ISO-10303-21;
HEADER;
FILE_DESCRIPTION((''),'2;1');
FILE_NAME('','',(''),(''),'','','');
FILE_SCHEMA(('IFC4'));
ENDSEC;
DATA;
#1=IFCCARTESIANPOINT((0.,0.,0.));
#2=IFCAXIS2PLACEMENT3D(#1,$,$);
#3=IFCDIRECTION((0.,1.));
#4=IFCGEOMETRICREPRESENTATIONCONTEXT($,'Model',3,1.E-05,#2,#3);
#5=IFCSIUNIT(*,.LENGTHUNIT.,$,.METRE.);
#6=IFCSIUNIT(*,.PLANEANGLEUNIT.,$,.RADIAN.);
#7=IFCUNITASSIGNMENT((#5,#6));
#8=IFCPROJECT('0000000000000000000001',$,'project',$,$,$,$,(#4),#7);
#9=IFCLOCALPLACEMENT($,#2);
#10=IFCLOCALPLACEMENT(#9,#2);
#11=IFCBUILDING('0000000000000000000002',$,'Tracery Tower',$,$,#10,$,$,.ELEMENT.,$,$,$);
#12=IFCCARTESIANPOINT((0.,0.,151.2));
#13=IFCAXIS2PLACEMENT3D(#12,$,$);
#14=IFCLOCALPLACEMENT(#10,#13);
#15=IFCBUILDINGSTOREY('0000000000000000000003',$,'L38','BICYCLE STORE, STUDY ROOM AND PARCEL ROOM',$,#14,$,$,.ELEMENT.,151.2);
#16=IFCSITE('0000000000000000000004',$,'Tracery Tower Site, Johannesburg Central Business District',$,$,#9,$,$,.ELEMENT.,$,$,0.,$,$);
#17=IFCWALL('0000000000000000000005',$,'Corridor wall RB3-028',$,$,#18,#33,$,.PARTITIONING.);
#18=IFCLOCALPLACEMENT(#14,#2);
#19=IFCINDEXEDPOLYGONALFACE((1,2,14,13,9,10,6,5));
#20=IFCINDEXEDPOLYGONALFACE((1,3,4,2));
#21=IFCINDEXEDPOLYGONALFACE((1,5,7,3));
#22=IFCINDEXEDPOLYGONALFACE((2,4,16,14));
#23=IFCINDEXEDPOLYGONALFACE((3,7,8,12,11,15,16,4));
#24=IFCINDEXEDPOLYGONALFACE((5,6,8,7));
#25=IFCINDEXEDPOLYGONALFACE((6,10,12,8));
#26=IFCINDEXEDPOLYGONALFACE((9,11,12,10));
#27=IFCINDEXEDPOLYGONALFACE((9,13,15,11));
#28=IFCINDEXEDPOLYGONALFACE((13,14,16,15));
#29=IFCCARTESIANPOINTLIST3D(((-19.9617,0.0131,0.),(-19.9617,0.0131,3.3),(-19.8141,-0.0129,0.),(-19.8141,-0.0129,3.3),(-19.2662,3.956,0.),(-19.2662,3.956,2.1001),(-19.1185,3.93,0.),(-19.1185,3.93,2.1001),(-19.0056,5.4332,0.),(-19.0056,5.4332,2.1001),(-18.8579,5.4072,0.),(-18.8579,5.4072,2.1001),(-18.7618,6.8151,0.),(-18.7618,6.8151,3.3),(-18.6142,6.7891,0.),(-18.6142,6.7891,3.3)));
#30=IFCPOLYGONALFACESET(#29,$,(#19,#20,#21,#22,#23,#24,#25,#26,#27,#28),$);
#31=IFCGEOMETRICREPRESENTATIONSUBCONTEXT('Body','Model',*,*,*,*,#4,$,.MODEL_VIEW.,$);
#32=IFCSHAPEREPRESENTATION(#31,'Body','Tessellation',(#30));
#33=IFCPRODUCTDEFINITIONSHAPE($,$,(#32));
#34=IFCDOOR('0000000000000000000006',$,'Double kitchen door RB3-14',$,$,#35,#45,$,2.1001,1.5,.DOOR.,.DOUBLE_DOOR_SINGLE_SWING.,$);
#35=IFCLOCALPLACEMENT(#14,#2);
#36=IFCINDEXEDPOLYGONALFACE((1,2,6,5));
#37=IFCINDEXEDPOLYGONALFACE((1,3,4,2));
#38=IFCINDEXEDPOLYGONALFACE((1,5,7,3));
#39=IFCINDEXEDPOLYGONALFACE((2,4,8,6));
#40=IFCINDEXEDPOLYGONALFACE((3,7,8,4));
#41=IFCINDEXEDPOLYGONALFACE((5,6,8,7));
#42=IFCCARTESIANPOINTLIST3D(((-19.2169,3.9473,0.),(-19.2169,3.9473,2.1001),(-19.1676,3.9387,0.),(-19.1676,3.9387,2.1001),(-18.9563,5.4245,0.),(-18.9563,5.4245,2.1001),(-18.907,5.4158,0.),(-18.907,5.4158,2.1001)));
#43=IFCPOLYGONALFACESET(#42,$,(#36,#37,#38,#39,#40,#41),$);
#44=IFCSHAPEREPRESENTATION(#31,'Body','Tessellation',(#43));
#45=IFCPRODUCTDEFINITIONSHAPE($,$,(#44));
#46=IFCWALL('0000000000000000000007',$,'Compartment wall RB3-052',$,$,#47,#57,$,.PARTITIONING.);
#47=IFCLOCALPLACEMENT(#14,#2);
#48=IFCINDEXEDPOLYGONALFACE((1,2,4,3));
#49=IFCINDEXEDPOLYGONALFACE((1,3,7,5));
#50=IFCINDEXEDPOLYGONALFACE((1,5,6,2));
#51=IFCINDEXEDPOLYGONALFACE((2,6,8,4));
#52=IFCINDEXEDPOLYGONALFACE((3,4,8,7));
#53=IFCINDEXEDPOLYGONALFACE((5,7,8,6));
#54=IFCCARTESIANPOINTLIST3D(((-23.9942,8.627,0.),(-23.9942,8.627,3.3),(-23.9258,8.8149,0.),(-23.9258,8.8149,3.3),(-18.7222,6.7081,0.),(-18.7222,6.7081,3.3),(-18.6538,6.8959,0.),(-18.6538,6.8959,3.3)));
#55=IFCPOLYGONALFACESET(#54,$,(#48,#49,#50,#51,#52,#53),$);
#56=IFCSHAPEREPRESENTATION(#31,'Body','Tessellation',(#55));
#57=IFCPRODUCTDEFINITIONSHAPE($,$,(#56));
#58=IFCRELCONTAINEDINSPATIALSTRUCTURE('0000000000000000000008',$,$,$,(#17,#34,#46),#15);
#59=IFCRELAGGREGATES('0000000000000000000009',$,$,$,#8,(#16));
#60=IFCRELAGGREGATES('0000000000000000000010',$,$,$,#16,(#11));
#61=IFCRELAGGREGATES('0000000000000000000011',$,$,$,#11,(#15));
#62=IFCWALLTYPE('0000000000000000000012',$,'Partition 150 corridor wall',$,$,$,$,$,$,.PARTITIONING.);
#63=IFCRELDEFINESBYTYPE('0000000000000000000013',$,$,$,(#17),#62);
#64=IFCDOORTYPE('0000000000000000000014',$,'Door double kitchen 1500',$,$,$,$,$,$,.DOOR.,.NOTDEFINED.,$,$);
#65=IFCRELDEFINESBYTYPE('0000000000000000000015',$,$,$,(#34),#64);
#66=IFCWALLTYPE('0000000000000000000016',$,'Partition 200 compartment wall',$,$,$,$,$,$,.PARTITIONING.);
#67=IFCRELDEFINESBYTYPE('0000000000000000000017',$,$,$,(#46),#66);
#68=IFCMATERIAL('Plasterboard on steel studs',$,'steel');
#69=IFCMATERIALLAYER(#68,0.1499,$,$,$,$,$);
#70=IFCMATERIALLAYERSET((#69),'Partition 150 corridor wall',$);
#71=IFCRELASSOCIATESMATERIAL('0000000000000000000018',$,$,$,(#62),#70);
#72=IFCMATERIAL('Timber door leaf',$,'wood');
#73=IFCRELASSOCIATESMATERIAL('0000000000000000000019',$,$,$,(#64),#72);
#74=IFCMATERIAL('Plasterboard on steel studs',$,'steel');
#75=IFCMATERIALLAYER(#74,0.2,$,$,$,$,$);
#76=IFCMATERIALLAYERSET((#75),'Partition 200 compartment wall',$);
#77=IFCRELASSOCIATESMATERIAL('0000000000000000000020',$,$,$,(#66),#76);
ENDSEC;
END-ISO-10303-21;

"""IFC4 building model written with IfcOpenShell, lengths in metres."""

from ifc_helpers import new_model, si_unit, direction, frame, frame_2d, origin, place, context, subcontext, project, spatial, rectangle, extrude, material, layer, layer_set, type_object, element, fill, save


model = new_model("IFC4")

# Units and contexts
model_context = context("Model", 3, precision=1e-05, world=origin(), true_north=direction((0.0, 1.0)))
body_context = subcontext(model_context, "Body", "Model", "MODEL_VIEW")
ifc_project = project(units=[si_unit("LENGTHUNIT", "METRE"), si_unit("PLANEANGLEUNIT", "RADIAN")], contexts=[model_context])

# Site, building, storey
site_placement = place(None, origin())
site = spatial("IfcSite", under=ifc_project, at=site_placement, Name="Tracery Tower Site, Johannesburg Central Business District", CompositionType="ELEMENT", RefElevation=0.0)
building_placement = place(site_placement, origin())
building = spatial("IfcBuilding", under=site, at=building_placement, Name="Tracery Tower", CompositionType="ELEMENT")
storey_placement = place(building_placement, frame((0.0, 0.0, 151.2)))
storey = spatial("IfcBuildingStorey", under=building, at=storey_placement, Name="L38", Description="BICYCLE STORE, STUDY ROOM AND PARCEL ROOM", CompositionType="ELEMENT", Elevation=151.2)

# Shared definitions
ifc_material_1 = material(Name="Plasterboard on steel studs", Category="steel")
ifc_layer_1 = layer(ifc_material_1, 0.1499)
ifc_layer_set_1 = layer_set([ifc_layer_1], Name="Partition 150 corridor wall")
wall_type_1 = type_object("IfcWallType", Name="Partition 150 corridor wall", PredefinedType="PARTITIONING", material=ifc_layer_set_1)

# Wall, opening, door
wall_1_placement = place(storey_placement, frame((-19.8879, 0.0, 0.0), z_axis=(0.0, 0.0, 1.0), x_axis=(0.173729, 0.984794, 0.0)))
wall_1 = element("IfcWall", 1, at=wall_1_placement, inside=storey, type_object=wall_type_1, Name="Corridor wall RB3-028", PredefinedType="PARTITIONING", context=body_context, shape_type="SweptSolid", body=[
    extrude(rectangle(XDim=6.907, YDim=0.1499, at=frame_2d((3.4536, 0.0))), origin(), (0.0, 0.0, 1.0), 3.3),
])
opening_1_placement = place(wall_1_placement, frame((4.0039, 0.0, 0.0)))
opening_1 = element("IfcOpeningElement", 2, at=opening_1_placement, cuts=wall_1, PredefinedType="OPENING", context=body_context, shape_type="SweptSolid", body=[
    extrude(rectangle(XDim=1.5, YDim=2.1001, at=frame_2d((0.75, 1.05))), frame((0.0, 0.075, 0.0), z_axis=(0.0, -1.0, 0.0), x_axis=(1.0, 0.0, 0.0)), (0.0, 0.0, 1.0), 0.1499),
])
ifc_material_2 = material(Name="Timber door leaf", Category="wood")
door_type_1 = type_object("IfcDoorType", Name="Door double kitchen 1500", OperationType="NOTDEFINED", PredefinedType="DOOR", material=ifc_material_2)
door_1_placement = place(opening_1_placement, origin())
door_1 = element("IfcDoor", 3, at=door_1_placement, inside=storey, type_object=door_type_1, Name="Double kitchen door RB3-14", OperationType="DOUBLE_DOOR_SINGLE_SWING", OverallHeight=2.1001, OverallWidth=1.5, PredefinedType="DOOR", context=body_context, shape_type="SweptSolid", body=[
    extrude(rectangle(XDim=1.5, YDim=2.1001, at=frame_2d((0.75, 1.05))), frame((0.0, 0.0249, 0.0), z_axis=(0.0, -1.0, 0.0), x_axis=(1.0, 0.0, 0.0)), (0.0, 0.0, 1.0), 0.05),
])
fill(opening_1, door_1)

# Wall
ifc_material_3 = material(Name="Plasterboard on steel studs", Category="steel")
ifc_layer_2 = layer(ifc_material_3, 0.2)
ifc_layer_set_2 = layer_set([ifc_layer_2], Name="Partition 200 compartment wall")
wall_type_2 = type_object("IfcWallType", Name="Partition 200 compartment wall", PredefinedType="PARTITIONING", material=ifc_layer_set_2)
wall_2_placement = place(storey_placement, frame((-23.96, 8.7209, 0.0), z_axis=(0.0, 0.0, 1.0), x_axis=(0.939687, -0.342037, 0.0)))
element("IfcWall", 4, at=wall_2_placement, inside=storey, type_object=wall_type_2, Name="Compartment wall RB3-052", PredefinedType="PARTITIONING", context=body_context, shape_type="SweptSolid", body=[
    extrude(rectangle(XDim=5.6104, YDim=0.2, at=frame_2d((2.8052, 0.0))), origin(), (0.0, 0.0, 1.0), 3.3),
])

save(model, "model.ifc")
